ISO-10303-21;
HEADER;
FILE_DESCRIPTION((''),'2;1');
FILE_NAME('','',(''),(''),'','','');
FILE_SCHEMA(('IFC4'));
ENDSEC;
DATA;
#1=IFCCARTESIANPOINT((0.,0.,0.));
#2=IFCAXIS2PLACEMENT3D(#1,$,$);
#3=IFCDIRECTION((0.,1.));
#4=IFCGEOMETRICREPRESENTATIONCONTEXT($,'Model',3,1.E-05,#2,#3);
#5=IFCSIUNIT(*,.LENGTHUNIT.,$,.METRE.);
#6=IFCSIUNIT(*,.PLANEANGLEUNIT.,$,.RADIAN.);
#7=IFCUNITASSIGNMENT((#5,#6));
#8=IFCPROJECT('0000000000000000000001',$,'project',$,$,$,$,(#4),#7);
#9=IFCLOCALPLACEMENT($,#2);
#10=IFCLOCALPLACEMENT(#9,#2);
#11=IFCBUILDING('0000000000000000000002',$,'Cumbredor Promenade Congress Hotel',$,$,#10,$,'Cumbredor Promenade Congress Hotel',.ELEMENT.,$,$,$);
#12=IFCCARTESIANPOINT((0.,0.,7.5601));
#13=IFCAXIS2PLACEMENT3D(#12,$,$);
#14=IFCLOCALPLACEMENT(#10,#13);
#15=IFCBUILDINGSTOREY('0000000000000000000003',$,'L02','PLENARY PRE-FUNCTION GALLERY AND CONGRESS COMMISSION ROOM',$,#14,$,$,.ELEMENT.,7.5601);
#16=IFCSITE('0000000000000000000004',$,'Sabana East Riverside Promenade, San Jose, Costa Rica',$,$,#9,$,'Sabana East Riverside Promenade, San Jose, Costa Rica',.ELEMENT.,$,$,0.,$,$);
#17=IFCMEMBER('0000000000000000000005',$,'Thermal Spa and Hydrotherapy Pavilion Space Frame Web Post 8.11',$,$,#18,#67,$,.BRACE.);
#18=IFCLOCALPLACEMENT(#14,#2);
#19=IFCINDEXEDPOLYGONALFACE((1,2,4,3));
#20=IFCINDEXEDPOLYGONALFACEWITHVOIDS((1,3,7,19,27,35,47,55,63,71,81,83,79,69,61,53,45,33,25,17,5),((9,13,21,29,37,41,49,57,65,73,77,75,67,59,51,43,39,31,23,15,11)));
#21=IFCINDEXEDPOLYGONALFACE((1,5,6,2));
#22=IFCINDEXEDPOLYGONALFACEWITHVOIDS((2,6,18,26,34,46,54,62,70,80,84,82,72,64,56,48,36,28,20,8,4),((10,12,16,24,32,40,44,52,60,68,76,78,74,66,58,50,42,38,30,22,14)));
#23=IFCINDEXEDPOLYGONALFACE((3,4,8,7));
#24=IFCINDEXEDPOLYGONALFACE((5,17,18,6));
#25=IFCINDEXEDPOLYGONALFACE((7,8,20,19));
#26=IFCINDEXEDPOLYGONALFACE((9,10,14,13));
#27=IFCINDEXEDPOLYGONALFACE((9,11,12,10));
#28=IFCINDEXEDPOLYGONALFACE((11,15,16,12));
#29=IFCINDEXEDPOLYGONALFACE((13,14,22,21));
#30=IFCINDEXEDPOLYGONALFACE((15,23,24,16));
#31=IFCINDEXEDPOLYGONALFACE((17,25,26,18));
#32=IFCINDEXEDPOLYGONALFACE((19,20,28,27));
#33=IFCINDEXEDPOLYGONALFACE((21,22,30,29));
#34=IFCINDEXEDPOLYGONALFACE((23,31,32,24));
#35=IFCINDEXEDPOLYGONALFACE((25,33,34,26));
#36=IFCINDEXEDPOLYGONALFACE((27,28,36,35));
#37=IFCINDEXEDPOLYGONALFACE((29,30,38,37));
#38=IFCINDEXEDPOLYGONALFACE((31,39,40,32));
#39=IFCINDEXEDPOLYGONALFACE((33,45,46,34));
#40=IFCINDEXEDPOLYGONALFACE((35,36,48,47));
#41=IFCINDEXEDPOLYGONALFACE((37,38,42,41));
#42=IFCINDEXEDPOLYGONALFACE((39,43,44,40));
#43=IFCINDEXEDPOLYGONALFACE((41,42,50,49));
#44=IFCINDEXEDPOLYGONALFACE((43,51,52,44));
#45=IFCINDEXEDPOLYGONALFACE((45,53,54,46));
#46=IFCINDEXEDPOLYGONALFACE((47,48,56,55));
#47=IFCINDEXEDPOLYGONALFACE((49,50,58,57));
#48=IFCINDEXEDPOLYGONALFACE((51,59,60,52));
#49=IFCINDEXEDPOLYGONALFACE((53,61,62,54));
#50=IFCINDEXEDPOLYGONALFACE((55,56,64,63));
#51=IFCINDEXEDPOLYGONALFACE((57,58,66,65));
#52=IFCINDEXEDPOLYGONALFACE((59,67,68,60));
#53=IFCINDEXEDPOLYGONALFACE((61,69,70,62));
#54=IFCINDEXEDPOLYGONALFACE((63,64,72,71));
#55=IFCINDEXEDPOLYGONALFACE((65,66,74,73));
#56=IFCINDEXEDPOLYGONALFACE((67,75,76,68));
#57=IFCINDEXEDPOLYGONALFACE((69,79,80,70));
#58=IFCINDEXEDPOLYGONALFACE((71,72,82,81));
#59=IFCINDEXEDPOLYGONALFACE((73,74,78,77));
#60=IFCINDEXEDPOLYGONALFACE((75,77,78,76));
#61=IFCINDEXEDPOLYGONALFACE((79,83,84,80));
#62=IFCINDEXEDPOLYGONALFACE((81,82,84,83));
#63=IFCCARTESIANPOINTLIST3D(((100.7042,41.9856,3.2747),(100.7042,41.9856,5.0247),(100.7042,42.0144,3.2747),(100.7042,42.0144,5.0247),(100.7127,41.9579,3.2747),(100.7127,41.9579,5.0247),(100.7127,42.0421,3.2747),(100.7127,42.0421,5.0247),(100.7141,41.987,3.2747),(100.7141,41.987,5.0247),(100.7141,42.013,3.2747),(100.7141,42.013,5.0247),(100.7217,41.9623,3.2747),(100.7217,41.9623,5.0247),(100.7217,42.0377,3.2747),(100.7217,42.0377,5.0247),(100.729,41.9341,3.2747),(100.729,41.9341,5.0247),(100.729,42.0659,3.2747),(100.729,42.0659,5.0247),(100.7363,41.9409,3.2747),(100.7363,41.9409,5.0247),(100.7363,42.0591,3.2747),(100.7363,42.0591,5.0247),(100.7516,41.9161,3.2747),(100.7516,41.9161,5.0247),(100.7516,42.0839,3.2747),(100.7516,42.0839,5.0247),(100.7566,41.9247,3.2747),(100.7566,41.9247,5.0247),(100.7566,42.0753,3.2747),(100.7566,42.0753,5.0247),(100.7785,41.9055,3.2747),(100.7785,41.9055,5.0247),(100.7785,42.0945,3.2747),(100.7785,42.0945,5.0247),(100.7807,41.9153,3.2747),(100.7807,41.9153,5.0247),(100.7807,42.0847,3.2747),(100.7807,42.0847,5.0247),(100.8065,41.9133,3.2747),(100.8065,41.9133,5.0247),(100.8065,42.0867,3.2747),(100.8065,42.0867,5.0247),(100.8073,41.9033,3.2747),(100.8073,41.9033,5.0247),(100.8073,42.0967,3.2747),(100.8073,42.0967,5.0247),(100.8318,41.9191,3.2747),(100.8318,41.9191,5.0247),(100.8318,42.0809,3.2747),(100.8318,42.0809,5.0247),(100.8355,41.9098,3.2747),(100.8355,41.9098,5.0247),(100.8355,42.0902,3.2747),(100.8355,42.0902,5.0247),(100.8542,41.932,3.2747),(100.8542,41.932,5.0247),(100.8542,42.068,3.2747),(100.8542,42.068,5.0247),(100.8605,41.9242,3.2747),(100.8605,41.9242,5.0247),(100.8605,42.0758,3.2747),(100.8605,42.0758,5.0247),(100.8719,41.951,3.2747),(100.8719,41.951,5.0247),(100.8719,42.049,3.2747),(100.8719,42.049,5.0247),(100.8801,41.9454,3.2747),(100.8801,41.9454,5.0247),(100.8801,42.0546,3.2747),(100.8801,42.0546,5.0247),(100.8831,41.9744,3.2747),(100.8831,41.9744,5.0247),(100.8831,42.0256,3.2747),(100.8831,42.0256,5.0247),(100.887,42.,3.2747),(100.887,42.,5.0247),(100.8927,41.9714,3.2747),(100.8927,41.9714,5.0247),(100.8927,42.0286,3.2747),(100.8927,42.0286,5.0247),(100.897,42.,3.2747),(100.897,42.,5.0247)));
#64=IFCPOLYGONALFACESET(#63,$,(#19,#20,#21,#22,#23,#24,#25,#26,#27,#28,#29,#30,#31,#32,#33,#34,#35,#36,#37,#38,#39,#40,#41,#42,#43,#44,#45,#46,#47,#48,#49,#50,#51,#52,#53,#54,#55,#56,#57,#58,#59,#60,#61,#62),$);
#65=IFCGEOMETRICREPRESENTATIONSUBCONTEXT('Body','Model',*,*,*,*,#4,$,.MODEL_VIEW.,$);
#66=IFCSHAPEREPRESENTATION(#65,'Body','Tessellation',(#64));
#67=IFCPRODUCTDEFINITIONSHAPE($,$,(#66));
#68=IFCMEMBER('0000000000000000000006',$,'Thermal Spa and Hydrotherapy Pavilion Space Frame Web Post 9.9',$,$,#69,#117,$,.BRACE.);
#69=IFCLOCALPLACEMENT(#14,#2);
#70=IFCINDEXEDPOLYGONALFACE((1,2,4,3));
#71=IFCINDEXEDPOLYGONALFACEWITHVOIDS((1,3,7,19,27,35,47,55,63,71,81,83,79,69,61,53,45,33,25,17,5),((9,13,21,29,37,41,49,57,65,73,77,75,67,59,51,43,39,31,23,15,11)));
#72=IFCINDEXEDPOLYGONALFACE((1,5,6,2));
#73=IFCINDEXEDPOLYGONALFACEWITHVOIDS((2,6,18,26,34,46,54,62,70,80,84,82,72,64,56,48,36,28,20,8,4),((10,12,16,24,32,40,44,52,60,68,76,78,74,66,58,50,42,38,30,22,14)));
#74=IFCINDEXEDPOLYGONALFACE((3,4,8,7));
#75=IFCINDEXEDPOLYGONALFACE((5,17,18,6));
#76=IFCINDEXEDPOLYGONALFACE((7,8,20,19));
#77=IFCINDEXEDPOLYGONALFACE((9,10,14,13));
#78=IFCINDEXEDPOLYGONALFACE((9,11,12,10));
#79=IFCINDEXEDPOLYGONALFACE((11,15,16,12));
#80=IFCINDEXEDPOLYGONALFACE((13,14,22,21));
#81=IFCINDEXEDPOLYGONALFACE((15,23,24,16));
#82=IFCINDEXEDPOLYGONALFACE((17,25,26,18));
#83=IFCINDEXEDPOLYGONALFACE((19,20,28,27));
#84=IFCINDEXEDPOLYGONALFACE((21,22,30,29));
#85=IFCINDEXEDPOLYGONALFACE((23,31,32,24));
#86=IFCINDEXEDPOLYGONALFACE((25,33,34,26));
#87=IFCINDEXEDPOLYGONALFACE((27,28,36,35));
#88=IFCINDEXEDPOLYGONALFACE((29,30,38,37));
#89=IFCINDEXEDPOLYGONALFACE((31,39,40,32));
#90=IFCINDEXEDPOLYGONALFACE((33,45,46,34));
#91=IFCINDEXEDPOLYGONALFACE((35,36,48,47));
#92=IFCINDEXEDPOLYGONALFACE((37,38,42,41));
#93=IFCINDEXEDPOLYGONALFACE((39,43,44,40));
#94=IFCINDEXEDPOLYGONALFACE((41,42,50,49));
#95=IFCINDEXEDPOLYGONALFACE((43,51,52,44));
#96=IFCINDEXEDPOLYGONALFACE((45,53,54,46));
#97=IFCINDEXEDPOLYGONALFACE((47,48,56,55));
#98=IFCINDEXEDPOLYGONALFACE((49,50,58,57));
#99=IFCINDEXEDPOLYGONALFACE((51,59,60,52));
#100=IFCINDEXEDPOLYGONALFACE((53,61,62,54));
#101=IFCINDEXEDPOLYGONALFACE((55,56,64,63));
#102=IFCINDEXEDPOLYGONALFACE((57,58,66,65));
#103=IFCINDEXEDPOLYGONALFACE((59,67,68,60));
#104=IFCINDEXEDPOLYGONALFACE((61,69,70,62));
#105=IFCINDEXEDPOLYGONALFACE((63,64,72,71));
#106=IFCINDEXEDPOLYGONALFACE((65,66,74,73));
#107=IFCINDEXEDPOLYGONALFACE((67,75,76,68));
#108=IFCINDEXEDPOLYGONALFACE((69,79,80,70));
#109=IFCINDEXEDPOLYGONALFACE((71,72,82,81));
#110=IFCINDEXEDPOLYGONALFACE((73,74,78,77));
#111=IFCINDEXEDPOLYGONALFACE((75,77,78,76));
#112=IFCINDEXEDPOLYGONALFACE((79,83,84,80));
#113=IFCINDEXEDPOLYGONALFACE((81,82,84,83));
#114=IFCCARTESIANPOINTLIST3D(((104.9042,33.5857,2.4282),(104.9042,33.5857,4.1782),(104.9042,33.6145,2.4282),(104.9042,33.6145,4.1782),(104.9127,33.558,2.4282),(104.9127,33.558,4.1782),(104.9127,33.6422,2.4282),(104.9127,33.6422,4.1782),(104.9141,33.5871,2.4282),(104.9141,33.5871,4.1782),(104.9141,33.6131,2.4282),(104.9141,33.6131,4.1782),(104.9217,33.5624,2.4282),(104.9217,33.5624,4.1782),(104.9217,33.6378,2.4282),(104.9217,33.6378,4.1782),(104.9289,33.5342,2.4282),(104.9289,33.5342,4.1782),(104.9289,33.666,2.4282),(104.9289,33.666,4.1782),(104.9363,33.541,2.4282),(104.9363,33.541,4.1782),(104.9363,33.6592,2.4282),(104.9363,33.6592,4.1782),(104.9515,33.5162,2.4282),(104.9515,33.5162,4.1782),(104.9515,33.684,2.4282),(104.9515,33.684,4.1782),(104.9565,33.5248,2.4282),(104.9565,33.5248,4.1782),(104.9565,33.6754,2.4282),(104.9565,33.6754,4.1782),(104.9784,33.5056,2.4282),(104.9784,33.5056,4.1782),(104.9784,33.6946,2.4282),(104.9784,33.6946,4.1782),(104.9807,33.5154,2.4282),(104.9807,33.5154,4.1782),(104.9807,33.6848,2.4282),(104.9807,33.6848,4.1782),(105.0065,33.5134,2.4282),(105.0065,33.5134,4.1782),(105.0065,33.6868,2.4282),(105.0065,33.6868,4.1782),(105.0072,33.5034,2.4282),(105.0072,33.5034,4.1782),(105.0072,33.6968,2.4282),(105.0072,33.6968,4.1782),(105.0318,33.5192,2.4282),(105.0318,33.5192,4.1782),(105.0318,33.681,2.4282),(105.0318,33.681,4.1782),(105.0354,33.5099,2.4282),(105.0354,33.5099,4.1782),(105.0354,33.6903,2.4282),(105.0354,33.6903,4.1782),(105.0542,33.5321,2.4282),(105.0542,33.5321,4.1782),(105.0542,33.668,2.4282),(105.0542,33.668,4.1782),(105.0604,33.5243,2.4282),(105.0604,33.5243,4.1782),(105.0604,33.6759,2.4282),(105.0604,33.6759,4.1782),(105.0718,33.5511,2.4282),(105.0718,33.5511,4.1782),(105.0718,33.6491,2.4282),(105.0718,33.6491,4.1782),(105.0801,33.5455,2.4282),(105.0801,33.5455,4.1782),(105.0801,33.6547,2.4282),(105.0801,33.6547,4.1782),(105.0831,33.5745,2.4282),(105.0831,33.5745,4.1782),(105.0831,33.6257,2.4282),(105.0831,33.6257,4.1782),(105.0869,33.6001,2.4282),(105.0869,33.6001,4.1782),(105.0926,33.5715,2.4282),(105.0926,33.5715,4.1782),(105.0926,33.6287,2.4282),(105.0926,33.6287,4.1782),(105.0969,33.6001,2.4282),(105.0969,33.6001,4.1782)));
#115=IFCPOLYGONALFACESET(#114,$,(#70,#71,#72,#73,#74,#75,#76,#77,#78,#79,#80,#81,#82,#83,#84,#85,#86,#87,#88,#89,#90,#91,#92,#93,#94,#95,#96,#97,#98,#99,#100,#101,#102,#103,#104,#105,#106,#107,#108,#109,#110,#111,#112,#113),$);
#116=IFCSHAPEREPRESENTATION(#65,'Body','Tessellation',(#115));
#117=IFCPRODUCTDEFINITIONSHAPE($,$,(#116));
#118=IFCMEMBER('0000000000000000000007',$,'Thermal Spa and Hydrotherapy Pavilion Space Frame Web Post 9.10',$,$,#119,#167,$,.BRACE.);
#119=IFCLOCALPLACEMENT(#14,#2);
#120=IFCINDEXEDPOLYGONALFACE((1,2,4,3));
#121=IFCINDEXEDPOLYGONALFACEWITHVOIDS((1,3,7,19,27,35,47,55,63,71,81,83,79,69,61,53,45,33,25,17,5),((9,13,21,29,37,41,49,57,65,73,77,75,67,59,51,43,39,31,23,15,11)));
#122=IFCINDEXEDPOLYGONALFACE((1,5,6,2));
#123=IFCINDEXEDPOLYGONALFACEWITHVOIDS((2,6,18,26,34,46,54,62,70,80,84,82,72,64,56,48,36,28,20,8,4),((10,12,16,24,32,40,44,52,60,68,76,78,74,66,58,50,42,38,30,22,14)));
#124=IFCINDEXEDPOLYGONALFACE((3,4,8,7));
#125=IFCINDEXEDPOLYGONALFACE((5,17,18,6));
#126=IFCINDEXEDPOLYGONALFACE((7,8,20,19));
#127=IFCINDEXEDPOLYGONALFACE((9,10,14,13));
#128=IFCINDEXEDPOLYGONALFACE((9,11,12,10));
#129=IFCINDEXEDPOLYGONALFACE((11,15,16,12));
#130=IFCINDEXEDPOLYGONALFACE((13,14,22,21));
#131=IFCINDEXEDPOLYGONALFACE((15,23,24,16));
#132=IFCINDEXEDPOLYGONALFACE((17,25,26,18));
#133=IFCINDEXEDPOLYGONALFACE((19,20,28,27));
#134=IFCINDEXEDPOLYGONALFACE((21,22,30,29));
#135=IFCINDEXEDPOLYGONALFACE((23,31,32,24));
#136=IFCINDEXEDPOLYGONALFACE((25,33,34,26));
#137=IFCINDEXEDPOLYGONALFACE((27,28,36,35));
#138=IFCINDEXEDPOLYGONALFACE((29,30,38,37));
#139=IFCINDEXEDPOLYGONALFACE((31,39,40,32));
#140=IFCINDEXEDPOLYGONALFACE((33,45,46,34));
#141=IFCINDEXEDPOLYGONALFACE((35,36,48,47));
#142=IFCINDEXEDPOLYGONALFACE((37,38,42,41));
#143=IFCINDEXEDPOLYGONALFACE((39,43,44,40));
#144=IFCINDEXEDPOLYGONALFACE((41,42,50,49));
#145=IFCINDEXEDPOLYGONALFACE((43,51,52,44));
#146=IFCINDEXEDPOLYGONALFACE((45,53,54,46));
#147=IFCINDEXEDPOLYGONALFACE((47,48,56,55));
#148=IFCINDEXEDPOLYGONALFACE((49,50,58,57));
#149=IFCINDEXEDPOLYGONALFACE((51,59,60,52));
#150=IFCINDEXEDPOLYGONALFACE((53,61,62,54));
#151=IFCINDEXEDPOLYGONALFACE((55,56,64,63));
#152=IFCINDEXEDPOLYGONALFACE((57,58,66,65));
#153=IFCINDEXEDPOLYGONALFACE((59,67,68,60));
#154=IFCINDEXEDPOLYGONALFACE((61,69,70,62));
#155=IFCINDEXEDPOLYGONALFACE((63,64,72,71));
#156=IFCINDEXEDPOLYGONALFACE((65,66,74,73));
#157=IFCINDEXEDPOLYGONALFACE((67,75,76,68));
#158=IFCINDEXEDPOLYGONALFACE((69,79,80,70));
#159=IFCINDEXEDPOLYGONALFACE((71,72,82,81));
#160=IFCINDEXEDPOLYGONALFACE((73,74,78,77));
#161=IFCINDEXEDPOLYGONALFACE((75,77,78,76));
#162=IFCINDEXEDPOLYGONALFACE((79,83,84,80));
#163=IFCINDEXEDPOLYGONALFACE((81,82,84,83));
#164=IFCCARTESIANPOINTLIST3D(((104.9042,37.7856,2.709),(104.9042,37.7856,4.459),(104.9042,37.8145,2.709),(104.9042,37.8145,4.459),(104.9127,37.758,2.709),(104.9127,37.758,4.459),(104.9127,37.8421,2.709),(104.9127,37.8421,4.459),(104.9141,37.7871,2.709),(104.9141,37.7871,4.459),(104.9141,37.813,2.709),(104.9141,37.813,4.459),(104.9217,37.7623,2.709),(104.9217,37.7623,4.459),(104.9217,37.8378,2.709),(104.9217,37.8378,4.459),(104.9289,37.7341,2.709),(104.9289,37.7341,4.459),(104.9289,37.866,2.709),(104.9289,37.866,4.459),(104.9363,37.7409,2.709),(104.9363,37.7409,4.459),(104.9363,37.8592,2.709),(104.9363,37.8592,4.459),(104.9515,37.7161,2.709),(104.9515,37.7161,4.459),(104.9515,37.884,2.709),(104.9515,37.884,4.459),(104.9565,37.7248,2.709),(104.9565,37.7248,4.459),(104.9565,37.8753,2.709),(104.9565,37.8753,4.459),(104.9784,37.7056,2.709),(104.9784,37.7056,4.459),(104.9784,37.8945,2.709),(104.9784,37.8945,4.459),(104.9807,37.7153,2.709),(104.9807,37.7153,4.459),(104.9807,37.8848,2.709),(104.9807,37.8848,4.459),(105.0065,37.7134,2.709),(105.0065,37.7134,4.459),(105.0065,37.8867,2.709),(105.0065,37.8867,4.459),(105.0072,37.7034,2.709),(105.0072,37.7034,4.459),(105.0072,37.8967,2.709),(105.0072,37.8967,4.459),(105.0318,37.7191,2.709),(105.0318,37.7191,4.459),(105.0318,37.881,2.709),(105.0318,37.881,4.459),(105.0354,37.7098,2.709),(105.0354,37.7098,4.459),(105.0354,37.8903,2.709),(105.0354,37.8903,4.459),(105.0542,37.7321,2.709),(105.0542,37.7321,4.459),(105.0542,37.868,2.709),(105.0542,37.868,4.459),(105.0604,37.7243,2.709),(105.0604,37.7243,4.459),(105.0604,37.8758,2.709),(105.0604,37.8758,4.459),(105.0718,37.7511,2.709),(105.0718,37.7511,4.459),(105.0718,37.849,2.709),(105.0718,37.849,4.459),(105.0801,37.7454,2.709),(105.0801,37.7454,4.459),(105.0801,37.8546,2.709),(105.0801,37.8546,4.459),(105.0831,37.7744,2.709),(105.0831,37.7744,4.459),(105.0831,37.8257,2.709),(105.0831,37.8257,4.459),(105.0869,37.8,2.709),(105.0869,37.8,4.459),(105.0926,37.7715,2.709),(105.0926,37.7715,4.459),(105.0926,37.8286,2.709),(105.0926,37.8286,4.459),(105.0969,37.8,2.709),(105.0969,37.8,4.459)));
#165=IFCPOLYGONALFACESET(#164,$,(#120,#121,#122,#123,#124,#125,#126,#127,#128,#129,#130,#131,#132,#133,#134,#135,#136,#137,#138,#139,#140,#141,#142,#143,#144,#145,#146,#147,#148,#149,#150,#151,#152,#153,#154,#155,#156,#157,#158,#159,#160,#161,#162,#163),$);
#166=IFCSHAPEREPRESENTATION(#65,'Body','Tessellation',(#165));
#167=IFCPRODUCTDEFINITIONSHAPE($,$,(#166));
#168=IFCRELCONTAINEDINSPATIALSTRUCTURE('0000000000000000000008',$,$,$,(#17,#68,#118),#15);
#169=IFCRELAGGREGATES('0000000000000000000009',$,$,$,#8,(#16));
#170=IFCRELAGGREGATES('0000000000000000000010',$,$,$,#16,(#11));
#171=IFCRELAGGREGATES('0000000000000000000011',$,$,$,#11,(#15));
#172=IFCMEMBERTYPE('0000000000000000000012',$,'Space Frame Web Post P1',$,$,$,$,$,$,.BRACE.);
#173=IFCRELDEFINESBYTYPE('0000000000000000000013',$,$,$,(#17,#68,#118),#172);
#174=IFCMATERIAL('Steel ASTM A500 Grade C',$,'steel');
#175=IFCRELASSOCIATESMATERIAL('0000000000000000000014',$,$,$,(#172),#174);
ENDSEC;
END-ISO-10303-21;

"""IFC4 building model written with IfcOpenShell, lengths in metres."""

from ifc_helpers import new_model, si_unit, direction, frame, origin, origin_2d, place, context, subcontext, project, spatial, hollow_circle, extrude, material, material_profile, profile_set, type_object, element, save


model = new_model("IFC4")

# Units and contexts
model_context = context("Model", 3, precision=1e-05, world=origin(), true_north=direction((0.0, 1.0)))
body_context = subcontext(model_context, "Body", "Model", "MODEL_VIEW")
ifc_project = project(units=[si_unit("LENGTHUNIT", "METRE"), si_unit("PLANEANGLEUNIT", "RADIAN")], contexts=[model_context])

# Site, building, storey
site_placement = place(None, origin())
site = spatial("IfcSite", under=ifc_project, at=site_placement, Name="Sabana East Riverside Promenade, San Jose, Costa Rica", LongName="Sabana East Riverside Promenade, San Jose, Costa Rica", CompositionType="ELEMENT", RefElevation=0.0)
building_placement = place(site_placement, origin())
building = spatial("IfcBuilding", under=site, at=building_placement, Name="Cumbredor Promenade Congress Hotel", LongName="Cumbredor Promenade Congress Hotel", CompositionType="ELEMENT")
storey_placement = place(building_placement, frame((0.0, 0.0, 7.5601)))
storey = spatial("IfcBuildingStorey", under=building, at=storey_placement, Name="L02", Description="PLENARY PRE-FUNCTION GALLERY AND CONGRESS COMMISSION ROOM", CompositionType="ELEMENT", Elevation=7.5601)

# Members
ifc_material_1 = material(Name="Steel ASTM A500 Grade C", Category="steel")
ifc_material_profile_1 = material_profile(ifc_material_1, hollow_circle(Radius=0.0969, WallThickness=0.01, at=origin_2d()), Name="CHS 193.7x10")
ifc_profile_set_1 = profile_set([ifc_material_profile_1], Name="Steel ASTM A500 Grade C")
member_type_1 = type_object("IfcMemberType", Name="Space Frame Web Post P1", PredefinedType="BRACE", material=ifc_profile_set_1)
for number, where, z_axis, x_axis, name in (
    (1, (100.8, 42.0, 3.2747), (0.0, 0.0, 1.0), (1.0, 0.0, 0.0), "Thermal Spa and Hydrotherapy Pavilion Space Frame Web Post 8.11"),
    (2, (105.0, 33.6001, 2.4282), (0.0, 0.0, 1.0), (1.0, 0.0, 0.0), "Thermal Spa and Hydrotherapy Pavilion Space Frame Web Post 9.9"),
    (3, (105.0, 37.8, 2.709), (0.0, 0.0, 1.0), (1.0, 0.0, 0.0), "Thermal Spa and Hydrotherapy Pavilion Space Frame Web Post 9.10"),
):
    element("IfcMember", number, at=place(storey_placement, frame(where, z_axis=z_axis, x_axis=x_axis)), inside=storey, type_object=member_type_1, Name=name, PredefinedType="BRACE", context=body_context, shape_type="SweptSolid", body=[
        extrude(hollow_circle(Radius=0.0969, WallThickness=0.01, at=origin_2d()), origin(), (0.0, 0.0, 1.0), 1.75),
    ])

save(model, "model.ifc")
